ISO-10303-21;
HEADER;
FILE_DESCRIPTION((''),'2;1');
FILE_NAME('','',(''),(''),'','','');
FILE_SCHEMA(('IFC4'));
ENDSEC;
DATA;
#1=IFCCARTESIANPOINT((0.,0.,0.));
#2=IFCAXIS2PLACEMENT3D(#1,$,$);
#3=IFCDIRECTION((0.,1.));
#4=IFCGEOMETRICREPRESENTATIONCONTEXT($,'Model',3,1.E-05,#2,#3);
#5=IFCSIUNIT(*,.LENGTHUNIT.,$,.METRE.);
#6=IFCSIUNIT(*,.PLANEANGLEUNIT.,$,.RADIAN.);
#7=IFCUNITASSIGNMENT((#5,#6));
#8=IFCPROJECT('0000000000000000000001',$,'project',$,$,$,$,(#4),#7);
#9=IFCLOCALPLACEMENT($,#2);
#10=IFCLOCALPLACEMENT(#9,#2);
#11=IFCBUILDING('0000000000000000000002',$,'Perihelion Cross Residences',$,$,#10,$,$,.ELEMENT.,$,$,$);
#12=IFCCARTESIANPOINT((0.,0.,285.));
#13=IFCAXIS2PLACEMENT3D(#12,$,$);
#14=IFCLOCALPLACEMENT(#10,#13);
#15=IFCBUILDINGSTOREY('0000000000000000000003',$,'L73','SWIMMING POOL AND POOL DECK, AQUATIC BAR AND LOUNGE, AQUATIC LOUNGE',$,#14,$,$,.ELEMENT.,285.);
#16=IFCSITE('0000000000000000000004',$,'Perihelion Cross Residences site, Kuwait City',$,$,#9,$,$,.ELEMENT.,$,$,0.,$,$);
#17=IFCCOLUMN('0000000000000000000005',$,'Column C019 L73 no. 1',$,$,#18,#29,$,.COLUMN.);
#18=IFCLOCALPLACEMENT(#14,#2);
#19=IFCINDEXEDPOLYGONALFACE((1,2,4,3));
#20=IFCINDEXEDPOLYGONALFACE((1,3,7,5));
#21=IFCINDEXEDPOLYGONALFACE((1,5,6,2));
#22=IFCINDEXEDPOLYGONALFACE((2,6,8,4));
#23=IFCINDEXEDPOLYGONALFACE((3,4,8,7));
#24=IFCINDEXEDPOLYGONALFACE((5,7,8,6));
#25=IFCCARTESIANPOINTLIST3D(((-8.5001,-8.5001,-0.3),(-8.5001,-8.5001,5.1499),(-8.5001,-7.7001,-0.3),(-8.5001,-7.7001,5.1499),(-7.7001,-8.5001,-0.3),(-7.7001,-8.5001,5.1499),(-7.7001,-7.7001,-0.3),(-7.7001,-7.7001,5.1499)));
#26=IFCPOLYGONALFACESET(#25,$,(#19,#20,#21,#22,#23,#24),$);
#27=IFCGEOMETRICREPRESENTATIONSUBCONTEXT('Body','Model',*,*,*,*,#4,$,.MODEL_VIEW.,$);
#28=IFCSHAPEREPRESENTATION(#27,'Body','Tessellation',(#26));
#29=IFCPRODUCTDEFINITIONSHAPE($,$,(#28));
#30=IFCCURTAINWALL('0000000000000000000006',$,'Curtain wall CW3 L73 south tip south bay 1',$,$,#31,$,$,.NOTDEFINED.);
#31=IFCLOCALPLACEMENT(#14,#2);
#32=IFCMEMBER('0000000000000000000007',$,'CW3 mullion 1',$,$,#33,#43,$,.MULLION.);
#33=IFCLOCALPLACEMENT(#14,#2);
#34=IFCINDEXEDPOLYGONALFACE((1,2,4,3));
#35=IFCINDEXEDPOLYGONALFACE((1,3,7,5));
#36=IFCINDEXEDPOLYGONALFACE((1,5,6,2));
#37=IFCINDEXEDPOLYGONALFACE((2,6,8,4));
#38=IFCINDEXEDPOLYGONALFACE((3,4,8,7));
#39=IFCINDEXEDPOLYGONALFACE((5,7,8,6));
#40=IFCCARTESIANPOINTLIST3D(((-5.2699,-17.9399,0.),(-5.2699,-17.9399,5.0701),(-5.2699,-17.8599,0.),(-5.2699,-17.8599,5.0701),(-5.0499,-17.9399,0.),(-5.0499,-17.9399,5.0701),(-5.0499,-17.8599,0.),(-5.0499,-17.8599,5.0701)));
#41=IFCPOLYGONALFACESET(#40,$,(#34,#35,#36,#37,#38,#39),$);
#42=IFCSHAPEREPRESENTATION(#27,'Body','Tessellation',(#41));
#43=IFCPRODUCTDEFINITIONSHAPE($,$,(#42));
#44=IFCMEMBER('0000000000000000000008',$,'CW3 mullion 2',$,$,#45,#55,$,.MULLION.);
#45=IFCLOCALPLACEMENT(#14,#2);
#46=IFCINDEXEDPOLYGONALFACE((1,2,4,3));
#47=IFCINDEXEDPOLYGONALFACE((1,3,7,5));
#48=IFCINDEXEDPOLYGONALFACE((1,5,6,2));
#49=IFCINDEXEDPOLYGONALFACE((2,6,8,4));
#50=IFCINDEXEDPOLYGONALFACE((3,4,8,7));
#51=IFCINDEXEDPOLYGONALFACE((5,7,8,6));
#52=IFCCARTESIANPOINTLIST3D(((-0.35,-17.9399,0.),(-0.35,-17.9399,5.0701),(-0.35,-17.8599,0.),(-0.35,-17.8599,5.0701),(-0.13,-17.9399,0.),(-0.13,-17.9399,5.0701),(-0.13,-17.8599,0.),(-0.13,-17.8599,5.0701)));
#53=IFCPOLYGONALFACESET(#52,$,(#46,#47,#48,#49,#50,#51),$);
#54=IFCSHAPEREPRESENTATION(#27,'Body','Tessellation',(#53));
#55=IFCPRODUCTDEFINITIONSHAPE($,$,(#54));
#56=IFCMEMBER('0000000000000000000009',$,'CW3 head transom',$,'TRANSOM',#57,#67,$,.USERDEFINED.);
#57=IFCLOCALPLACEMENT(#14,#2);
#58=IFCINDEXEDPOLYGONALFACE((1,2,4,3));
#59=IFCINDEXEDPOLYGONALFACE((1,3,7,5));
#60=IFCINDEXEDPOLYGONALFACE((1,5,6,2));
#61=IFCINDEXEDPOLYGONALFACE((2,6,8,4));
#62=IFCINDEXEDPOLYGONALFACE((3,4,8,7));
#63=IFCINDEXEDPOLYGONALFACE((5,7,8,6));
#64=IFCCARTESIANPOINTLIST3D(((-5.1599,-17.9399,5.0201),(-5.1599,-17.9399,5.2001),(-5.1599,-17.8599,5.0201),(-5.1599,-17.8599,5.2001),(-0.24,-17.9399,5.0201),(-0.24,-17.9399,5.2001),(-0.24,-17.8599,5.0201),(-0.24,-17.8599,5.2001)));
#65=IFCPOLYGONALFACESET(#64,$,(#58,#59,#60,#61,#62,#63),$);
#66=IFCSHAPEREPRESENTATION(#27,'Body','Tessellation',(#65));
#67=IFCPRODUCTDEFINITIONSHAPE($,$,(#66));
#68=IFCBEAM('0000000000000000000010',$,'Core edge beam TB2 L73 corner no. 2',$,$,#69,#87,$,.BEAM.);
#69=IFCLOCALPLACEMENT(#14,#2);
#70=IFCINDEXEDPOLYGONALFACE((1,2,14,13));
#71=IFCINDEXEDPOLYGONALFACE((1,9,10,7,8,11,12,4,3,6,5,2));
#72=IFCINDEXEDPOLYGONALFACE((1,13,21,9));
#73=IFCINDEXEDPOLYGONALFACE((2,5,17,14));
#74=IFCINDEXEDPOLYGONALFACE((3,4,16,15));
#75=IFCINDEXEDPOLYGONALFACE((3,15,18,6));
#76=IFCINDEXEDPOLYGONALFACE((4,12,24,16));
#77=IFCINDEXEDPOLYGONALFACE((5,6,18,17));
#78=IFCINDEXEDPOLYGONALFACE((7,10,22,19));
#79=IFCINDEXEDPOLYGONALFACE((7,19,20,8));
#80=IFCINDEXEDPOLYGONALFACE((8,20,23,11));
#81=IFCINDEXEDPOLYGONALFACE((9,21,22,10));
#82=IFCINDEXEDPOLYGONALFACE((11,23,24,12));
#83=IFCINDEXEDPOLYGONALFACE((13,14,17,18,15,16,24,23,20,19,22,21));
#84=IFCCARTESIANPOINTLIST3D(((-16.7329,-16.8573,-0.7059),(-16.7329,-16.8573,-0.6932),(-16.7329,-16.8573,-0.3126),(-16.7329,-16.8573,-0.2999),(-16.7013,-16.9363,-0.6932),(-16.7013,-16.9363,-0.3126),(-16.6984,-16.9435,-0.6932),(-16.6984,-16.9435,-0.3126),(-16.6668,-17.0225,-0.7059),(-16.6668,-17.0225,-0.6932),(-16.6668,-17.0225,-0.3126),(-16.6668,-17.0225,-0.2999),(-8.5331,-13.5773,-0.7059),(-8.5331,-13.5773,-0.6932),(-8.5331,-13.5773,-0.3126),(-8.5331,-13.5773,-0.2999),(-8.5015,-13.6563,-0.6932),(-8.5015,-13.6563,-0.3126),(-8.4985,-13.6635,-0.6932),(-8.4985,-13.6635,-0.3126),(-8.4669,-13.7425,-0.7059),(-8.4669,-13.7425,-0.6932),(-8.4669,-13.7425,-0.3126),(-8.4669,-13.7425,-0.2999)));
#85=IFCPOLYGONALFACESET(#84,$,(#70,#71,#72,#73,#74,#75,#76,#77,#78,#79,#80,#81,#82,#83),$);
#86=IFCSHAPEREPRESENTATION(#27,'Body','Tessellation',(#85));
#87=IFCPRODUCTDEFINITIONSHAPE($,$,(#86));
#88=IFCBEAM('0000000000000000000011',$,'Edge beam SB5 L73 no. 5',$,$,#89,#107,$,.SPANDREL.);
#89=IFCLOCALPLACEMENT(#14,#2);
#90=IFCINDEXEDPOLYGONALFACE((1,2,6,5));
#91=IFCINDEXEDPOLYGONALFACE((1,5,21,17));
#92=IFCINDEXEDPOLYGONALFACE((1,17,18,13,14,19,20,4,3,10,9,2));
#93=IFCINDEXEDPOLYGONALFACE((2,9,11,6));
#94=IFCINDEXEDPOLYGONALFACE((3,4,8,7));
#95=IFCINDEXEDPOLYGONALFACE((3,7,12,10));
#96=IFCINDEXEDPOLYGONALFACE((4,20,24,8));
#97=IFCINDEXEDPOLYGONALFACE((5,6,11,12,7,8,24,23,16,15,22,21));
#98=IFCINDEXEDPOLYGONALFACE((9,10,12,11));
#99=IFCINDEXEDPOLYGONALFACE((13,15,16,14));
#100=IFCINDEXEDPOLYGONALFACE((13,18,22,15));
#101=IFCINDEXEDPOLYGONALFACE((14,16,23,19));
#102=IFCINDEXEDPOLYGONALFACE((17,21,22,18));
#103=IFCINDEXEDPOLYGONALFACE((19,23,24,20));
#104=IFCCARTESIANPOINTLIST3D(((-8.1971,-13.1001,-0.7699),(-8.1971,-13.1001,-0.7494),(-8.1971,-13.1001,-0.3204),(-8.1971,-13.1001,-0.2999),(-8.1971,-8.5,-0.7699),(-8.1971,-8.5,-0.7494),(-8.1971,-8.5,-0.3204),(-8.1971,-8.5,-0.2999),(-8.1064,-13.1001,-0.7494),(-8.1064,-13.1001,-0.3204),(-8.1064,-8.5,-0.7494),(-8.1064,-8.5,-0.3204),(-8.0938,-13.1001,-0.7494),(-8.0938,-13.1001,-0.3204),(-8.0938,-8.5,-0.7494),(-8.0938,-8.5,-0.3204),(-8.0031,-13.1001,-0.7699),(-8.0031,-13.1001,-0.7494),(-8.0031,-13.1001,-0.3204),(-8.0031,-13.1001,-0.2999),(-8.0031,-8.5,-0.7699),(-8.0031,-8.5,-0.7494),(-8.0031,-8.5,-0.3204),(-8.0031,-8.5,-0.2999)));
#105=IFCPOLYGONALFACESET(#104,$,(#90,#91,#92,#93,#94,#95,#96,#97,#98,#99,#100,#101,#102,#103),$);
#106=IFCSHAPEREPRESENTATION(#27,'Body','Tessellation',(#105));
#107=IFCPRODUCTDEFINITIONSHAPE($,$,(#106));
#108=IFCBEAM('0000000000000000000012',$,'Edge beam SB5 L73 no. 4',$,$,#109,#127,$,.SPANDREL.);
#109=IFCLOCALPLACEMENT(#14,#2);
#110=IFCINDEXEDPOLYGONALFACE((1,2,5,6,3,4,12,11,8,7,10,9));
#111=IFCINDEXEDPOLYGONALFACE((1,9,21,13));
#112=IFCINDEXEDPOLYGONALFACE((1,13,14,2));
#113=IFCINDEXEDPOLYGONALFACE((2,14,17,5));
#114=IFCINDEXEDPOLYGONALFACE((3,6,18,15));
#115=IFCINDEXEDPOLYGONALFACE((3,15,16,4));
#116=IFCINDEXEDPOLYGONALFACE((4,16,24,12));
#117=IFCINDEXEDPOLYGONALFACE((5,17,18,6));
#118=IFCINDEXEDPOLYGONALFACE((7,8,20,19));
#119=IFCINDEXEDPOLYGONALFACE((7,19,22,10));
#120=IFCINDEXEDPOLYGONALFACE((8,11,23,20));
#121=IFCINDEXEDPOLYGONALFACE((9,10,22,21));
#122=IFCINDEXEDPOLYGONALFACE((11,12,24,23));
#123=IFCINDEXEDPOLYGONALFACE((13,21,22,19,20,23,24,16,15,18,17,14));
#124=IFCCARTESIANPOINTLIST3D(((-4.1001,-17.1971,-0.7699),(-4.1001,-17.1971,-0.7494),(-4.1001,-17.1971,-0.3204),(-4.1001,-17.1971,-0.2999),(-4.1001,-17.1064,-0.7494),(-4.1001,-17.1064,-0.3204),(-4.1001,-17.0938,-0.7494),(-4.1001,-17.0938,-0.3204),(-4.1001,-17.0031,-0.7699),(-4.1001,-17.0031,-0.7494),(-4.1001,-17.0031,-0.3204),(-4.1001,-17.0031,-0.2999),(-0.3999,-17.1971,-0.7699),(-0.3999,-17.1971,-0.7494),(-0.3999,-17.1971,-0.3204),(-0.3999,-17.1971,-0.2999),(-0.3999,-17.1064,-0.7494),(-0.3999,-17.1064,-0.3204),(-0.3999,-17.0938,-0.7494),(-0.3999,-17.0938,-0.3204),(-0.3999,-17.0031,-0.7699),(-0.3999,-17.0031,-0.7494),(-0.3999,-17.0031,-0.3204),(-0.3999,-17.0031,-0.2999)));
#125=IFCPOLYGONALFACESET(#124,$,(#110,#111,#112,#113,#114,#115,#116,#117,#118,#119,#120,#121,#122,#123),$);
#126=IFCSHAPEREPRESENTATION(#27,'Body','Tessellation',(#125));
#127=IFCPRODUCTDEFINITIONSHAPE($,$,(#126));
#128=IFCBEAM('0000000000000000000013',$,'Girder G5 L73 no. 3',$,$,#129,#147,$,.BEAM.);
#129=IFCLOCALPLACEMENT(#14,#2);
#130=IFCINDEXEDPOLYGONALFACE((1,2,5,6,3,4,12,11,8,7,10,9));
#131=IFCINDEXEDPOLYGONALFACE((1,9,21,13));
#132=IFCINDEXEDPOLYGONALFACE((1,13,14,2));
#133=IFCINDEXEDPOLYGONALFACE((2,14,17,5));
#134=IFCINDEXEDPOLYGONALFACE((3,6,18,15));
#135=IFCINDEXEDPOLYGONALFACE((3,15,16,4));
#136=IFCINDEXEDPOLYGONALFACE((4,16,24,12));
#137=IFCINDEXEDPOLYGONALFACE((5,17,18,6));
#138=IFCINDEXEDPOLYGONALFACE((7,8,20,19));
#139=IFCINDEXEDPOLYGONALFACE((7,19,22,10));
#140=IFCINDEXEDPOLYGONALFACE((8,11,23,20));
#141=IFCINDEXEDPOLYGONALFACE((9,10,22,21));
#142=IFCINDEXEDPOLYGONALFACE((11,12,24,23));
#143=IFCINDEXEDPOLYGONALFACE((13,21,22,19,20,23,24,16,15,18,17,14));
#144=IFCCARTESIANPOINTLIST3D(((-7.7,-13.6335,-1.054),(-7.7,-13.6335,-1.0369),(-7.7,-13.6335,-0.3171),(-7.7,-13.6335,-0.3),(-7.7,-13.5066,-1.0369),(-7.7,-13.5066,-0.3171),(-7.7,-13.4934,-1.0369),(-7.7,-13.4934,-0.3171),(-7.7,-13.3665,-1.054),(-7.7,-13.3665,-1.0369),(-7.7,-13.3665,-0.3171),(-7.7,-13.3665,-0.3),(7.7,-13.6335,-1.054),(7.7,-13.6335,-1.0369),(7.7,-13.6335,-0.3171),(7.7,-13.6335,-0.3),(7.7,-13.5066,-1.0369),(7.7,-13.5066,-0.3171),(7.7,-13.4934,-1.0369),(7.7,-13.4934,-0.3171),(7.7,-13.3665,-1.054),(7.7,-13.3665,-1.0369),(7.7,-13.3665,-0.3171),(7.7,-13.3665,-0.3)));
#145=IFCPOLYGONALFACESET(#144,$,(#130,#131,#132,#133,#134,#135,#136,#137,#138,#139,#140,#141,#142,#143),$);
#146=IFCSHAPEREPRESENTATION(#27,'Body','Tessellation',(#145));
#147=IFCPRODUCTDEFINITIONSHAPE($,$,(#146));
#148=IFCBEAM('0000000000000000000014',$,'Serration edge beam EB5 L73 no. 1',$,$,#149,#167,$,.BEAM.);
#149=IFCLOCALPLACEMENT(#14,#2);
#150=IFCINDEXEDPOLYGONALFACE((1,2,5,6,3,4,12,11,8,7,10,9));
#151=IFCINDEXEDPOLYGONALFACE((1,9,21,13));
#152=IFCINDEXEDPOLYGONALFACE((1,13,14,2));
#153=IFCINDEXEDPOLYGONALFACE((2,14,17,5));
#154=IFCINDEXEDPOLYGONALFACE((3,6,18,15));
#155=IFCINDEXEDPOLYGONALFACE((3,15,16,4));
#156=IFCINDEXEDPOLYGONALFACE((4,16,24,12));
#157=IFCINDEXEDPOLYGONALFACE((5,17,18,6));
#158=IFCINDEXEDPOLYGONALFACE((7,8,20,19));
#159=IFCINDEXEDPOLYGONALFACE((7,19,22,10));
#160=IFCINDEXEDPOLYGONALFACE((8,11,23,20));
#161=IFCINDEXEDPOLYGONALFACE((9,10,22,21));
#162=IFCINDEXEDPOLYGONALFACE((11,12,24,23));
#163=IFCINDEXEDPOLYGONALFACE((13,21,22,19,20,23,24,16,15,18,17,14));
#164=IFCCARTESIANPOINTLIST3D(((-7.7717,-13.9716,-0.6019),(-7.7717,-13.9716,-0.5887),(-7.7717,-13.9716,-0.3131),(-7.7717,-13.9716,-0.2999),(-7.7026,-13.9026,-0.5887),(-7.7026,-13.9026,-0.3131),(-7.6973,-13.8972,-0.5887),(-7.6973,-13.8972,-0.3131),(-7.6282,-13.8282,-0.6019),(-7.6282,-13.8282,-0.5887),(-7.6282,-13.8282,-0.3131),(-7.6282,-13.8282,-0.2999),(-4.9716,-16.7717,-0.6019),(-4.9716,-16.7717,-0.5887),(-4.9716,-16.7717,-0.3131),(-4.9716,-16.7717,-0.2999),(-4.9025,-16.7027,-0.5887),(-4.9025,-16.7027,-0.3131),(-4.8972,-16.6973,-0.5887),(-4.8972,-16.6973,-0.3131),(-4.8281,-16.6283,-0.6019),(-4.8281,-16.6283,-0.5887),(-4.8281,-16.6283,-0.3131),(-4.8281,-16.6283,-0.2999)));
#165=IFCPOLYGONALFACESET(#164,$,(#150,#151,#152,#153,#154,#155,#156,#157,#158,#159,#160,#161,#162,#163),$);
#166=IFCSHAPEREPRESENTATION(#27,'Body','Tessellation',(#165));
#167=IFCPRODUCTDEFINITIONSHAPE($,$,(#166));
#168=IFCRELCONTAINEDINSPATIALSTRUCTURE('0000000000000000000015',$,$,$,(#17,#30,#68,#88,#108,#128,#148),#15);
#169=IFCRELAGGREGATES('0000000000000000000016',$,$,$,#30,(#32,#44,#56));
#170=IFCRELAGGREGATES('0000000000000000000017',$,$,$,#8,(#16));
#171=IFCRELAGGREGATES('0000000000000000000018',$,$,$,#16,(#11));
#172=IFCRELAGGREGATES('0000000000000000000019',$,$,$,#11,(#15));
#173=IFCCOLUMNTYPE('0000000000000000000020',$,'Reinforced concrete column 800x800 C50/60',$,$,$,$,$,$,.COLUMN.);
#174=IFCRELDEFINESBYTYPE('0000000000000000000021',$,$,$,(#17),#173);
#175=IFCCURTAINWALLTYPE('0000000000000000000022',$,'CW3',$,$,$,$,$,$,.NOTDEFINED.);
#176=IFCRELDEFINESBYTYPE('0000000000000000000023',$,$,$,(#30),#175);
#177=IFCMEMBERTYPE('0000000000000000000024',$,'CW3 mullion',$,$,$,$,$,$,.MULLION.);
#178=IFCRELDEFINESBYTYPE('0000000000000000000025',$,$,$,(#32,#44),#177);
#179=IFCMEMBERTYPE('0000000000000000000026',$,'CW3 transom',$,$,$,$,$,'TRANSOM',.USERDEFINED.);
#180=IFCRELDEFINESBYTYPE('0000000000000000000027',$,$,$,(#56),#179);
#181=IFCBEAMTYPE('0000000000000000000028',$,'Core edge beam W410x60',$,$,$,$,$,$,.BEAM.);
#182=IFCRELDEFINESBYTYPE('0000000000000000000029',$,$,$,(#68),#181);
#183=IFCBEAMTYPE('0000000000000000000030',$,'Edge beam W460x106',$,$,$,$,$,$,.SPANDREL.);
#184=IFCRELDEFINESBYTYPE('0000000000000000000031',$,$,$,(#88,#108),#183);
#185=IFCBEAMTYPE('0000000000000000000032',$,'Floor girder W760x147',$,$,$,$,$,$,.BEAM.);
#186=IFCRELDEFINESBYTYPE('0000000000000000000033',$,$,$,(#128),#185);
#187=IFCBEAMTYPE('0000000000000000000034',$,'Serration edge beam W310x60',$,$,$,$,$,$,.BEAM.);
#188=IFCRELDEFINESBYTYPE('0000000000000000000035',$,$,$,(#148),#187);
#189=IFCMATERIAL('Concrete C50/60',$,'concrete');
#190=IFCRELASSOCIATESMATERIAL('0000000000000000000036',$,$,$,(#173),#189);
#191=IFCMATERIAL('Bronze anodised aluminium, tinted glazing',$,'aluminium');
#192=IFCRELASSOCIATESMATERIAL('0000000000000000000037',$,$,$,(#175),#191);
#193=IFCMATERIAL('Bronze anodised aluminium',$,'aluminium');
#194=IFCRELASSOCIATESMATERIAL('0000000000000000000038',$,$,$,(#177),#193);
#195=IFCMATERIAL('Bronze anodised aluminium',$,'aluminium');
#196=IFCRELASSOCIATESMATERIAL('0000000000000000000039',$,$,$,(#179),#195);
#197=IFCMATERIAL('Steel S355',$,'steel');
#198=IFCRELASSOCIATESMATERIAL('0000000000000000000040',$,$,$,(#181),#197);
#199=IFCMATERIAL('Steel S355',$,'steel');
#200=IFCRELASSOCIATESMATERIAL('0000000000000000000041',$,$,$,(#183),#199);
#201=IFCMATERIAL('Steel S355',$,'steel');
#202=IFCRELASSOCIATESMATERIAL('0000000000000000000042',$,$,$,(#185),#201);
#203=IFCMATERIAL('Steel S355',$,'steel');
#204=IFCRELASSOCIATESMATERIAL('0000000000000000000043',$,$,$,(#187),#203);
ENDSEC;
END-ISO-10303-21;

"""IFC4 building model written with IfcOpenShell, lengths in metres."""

from ifc_helpers import new_model, si_unit, direction, frame, origin, origin_2d, place, context, subcontext, project, spatial, rectangle, i_section, extrude, material, material_profile, profile_set, type_object, element, aggregate, save


model = new_model("IFC4")

# Units and contexts
model_context = context("Model", 3, precision=1e-05, world=origin(), true_north=direction((0.0, 1.0)))
body_context = subcontext(model_context, "Body", "Model", "MODEL_VIEW")
ifc_project = project(units=[si_unit("LENGTHUNIT", "METRE"), si_unit("PLANEANGLEUNIT", "RADIAN")], contexts=[model_context])

# Site, building, storey
site_placement = place(None, origin())
site = spatial("IfcSite", under=ifc_project, at=site_placement, Name="Perihelion Cross Residences site, Kuwait City", CompositionType="ELEMENT", RefElevation=0.0)
building_placement = place(site_placement, origin())
building = spatial("IfcBuilding", under=site, at=building_placement, Name="Perihelion Cross Residences", CompositionType="ELEMENT")
storey_placement = place(building_placement, frame((0.0, 0.0, 285.0)))
storey = spatial("IfcBuildingStorey", under=building, at=storey_placement, Name="L73", Description="SWIMMING POOL AND POOL DECK, AQUATIC BAR AND LOUNGE, AQUATIC LOUNGE", CompositionType="ELEMENT", Elevation=285.0)

# Column
ifc_material_1 = material(Name="Concrete C50/60", Category="concrete")
ifc_material_profile_1 = material_profile(ifc_material_1, rectangle(XDim=0.8, YDim=0.8, at=origin_2d()), Name="RC 800x800")
ifc_profile_set_1 = profile_set([ifc_material_profile_1], Name="Concrete C50/60")
column_type = type_object("IfcColumnType", Name="Reinforced concrete column 800x800 C50/60", PredefinedType="COLUMN", material=ifc_profile_set_1)
column_placement = place(storey_placement, frame((-8.1001, -8.1001, -0.3), z_axis=(0.0, 0.0, 1.0), x_axis=(1.0, 0.0, 0.0)))
element("IfcColumn", 1, at=column_placement, inside=storey, type_object=column_type, Name="Column C019 L73 no. 1", PredefinedType="COLUMN", context=body_context, shape_type="SweptSolid", body=[
    extrude(rectangle(XDim=0.8, YDim=0.8, at=origin_2d()), origin(), (0.0, 0.0, 1.0), 5.45),
])

# Curtain wall, members
ifc_material_2 = material(Name="Bronze anodised aluminium, tinted glazing", Category="aluminium")
curtain_wall_type = type_object("IfcCurtainWallType", Name="CW3", PredefinedType="NOTDEFINED", material=ifc_material_2)
curtain_wall_placement = place(storey_placement, origin())
curtain_wall = element("IfcCurtainWall", 2, at=curtain_wall_placement, inside=storey, type_object=curtain_wall_type, Name="Curtain wall CW3 L73 south tip south bay 1", PredefinedType="NOTDEFINED")
ifc_material_3 = material(Name="Bronze anodised aluminium", Category="aluminium")
ifc_material_profile_2 = material_profile(ifc_material_3, rectangle(XDim=0.0801, YDim=0.22, at=origin_2d()), Name="CW3 mullion")
ifc_profile_set_2 = profile_set([ifc_material_profile_2], Name="Bronze anodised aluminium")
member_type_1 = type_object("IfcMemberType", Name="CW3 mullion", PredefinedType="MULLION", material=ifc_profile_set_2)
member_1_placement = place(storey_placement, frame((-5.1599, -17.8999, 0.0), z_axis=(0.0, 0.0, 1.0), x_axis=(0.0, 1.0, 0.0)))
member_1 = element("IfcMember", 3, at=member_1_placement, type_object=member_type_1, Name="CW3 mullion 1", PredefinedType="MULLION", context=body_context, shape_type="SweptSolid", body=[
    extrude(rectangle(XDim=0.0801, YDim=0.22, at=origin_2d()), origin(), (0.0, 0.0, 1.0), 5.0701),
])
member_2_placement = place(storey_placement, frame((-0.24, -17.8999, 0.0), z_axis=(0.0, 0.0, 1.0), x_axis=(0.0, 1.0, 0.0)))
member_2 = element("IfcMember", 4, at=member_2_placement, type_object=member_type_1, Name="CW3 mullion 2", PredefinedType="MULLION", context=body_context, shape_type="SweptSolid", body=[
    extrude(rectangle(XDim=0.0801, YDim=0.22, at=origin_2d()), origin(), (0.0, 0.0, 1.0), 5.0701),
])
ifc_material_4 = material(Name="Bronze anodised aluminium", Category="aluminium")
ifc_material_profile_3 = material_profile(ifc_material_4, rectangle(XDim=0.0801, YDim=0.1799, at=origin_2d()), Name="CW3 transom")
ifc_profile_set_3 = profile_set([ifc_material_profile_3], Name="Bronze anodised aluminium")
member_type_2 = type_object("IfcMemberType", Name="CW3 transom", ElementType="TRANSOM", PredefinedType="USERDEFINED", material=ifc_profile_set_3)
member_3_placement = place(storey_placement, frame((-5.1599, -17.8999, 5.1101), z_axis=(1.0, 0.0, 0.0), x_axis=(0.0, 1.0, 0.0)))
member_3 = element("IfcMember", 5, at=member_3_placement, type_object=member_type_2, Name="CW3 head transom", ObjectType="TRANSOM", PredefinedType="USERDEFINED", context=body_context, shape_type="SweptSolid", body=[
    extrude(rectangle(XDim=0.0801, YDim=0.1799, at=origin_2d()), origin(), (0.0, 0.0, 1.0), 4.9199),
])

# Beams
ifc_material_5 = material(Name="Steel S355", Category="steel")
ifc_material_profile_4 = material_profile(ifc_material_5, i_section(OverallWidth=0.178, OverallDepth=0.406, WebThickness=0.0078, FlangeThickness=0.0127, at=origin_2d()), Name="W410x60")
ifc_profile_set_4 = profile_set([ifc_material_profile_4], Name="Steel S355")
beam_type_1 = type_object("IfcBeamType", Name="Core edge beam W410x60", PredefinedType="BEAM", material=ifc_profile_set_4)
beam_1_placement = place(storey_placement, frame((-8.5, -13.6599, -0.5029), z_axis=(-0.928475, -0.371395, 0.0), x_axis=(0.371395, -0.928475, 0.0)))
element("IfcBeam", 6, at=beam_1_placement, inside=storey, type_object=beam_type_1, Name="Core edge beam TB2 L73 corner no. 2", PredefinedType="BEAM", context=body_context, shape_type="SweptSolid", body=[
    extrude(i_section(OverallWidth=0.178, OverallDepth=0.406, WebThickness=0.0078, FlangeThickness=0.0127, at=origin_2d()), origin(), (0.0, 0.0, 1.0), 8.8315),
])
ifc_material_6 = material(Name="Steel S355", Category="steel")
ifc_material_profile_5 = material_profile(ifc_material_6, i_section(OverallWidth=0.1941, OverallDepth=0.47, WebThickness=0.0127, FlangeThickness=0.0205, at=origin_2d()), Name="W460x106")
ifc_profile_set_5 = profile_set([ifc_material_profile_5], Name="Steel S355")
beam_type_2 = type_object("IfcBeamType", Name="Edge beam W460x106", PredefinedType="SPANDREL", material=ifc_profile_set_5)
beam_2_placement = place(storey_placement, frame((-8.1001, -8.5, -0.5349), z_axis=(0.0, -1.0, 0.0), x_axis=(1.0, 0.0, 0.0)))
element("IfcBeam", 7, at=beam_2_placement, inside=storey, type_object=beam_type_2, Name="Edge beam SB5 L73 no. 5", PredefinedType="SPANDREL", context=body_context, shape_type="SweptSolid", body=[
    extrude(i_section(OverallWidth=0.1941, OverallDepth=0.47, WebThickness=0.0127, FlangeThickness=0.0205, at=origin_2d()), origin(), (0.0, 0.0, 1.0), 4.6001),
])
beam_3_placement = place(storey_placement, frame((-4.1001, -17.1001, -0.5349), z_axis=(1.0, 0.0, 0.0), x_axis=(0.0, 1.0, 0.0)))
element("IfcBeam", 8, at=beam_3_placement, inside=storey, type_object=beam_type_2, Name="Edge beam SB5 L73 no. 4", PredefinedType="SPANDREL", context=body_context, shape_type="SweptSolid", body=[
    extrude(i_section(OverallWidth=0.1941, OverallDepth=0.47, WebThickness=0.0127, FlangeThickness=0.0205, at=origin_2d()), origin(), (0.0, 0.0, 1.0), 3.7002),
])
ifc_material_7 = material(Name="Steel S355", Category="steel")
ifc_material_profile_6 = material_profile(ifc_material_7, i_section(OverallWidth=0.2671, OverallDepth=0.7539, WebThickness=0.0132, FlangeThickness=0.0171, at=origin_2d()), Name="W760x147")
ifc_profile_set_6 = profile_set([ifc_material_profile_6], Name="Steel S355")
beam_type_3 = type_object("IfcBeamType", Name="Floor girder W760x147", PredefinedType="BEAM", material=ifc_profile_set_6)
beam_4_placement = place(storey_placement, frame((-7.7, -13.5, -0.677), z_axis=(1.0, 0.0, 0.0), x_axis=(0.0, 1.0, 0.0)))
element("IfcBeam", 9, at=beam_4_placement, inside=storey, type_object=beam_type_3, Name="Girder G5 L73 no. 3", PredefinedType="BEAM", context=body_context, shape_type="SweptSolid", body=[
    extrude(i_section(OverallWidth=0.2671, OverallDepth=0.7539, WebThickness=0.0132, FlangeThickness=0.0171, at=origin_2d()), origin(), (0.0, 0.0, 1.0), 15.3999),
])
ifc_material_8 = material(Name="Steel S355", Category="steel")
ifc_material_profile_7 = material_profile(ifc_material_8, i_section(OverallWidth=0.2029, OverallDepth=0.302, WebThickness=0.0076, FlangeThickness=0.0132, at=origin_2d()), Name="W310x60")
ifc_profile_set_7 = profile_set([ifc_material_profile_7], Name="Steel S355")
beam_type_4 = type_object("IfcBeamType", Name="Serration edge beam W310x60", PredefinedType="BEAM", material=ifc_profile_set_7)
beam_5_placement = place(storey_placement, frame((-7.7, -13.8999, -0.4509), z_axis=(0.707107, -0.707107, 0.0), x_axis=(0.707107, 0.707107, 0.0)))
element("IfcBeam", 10, at=beam_5_placement, inside=storey, type_object=beam_type_4, Name="Serration edge beam EB5 L73 no. 1", PredefinedType="BEAM", context=body_context, shape_type="SweptSolid", body=[
    extrude(i_section(OverallWidth=0.2029, OverallDepth=0.302, WebThickness=0.0076, FlangeThickness=0.0132, at=origin_2d()), origin(), (0.0, 0.0, 1.0), 3.96),
])

aggregate(curtain_wall, [member_1, member_2, member_3])

save(model, "model.ifc")
